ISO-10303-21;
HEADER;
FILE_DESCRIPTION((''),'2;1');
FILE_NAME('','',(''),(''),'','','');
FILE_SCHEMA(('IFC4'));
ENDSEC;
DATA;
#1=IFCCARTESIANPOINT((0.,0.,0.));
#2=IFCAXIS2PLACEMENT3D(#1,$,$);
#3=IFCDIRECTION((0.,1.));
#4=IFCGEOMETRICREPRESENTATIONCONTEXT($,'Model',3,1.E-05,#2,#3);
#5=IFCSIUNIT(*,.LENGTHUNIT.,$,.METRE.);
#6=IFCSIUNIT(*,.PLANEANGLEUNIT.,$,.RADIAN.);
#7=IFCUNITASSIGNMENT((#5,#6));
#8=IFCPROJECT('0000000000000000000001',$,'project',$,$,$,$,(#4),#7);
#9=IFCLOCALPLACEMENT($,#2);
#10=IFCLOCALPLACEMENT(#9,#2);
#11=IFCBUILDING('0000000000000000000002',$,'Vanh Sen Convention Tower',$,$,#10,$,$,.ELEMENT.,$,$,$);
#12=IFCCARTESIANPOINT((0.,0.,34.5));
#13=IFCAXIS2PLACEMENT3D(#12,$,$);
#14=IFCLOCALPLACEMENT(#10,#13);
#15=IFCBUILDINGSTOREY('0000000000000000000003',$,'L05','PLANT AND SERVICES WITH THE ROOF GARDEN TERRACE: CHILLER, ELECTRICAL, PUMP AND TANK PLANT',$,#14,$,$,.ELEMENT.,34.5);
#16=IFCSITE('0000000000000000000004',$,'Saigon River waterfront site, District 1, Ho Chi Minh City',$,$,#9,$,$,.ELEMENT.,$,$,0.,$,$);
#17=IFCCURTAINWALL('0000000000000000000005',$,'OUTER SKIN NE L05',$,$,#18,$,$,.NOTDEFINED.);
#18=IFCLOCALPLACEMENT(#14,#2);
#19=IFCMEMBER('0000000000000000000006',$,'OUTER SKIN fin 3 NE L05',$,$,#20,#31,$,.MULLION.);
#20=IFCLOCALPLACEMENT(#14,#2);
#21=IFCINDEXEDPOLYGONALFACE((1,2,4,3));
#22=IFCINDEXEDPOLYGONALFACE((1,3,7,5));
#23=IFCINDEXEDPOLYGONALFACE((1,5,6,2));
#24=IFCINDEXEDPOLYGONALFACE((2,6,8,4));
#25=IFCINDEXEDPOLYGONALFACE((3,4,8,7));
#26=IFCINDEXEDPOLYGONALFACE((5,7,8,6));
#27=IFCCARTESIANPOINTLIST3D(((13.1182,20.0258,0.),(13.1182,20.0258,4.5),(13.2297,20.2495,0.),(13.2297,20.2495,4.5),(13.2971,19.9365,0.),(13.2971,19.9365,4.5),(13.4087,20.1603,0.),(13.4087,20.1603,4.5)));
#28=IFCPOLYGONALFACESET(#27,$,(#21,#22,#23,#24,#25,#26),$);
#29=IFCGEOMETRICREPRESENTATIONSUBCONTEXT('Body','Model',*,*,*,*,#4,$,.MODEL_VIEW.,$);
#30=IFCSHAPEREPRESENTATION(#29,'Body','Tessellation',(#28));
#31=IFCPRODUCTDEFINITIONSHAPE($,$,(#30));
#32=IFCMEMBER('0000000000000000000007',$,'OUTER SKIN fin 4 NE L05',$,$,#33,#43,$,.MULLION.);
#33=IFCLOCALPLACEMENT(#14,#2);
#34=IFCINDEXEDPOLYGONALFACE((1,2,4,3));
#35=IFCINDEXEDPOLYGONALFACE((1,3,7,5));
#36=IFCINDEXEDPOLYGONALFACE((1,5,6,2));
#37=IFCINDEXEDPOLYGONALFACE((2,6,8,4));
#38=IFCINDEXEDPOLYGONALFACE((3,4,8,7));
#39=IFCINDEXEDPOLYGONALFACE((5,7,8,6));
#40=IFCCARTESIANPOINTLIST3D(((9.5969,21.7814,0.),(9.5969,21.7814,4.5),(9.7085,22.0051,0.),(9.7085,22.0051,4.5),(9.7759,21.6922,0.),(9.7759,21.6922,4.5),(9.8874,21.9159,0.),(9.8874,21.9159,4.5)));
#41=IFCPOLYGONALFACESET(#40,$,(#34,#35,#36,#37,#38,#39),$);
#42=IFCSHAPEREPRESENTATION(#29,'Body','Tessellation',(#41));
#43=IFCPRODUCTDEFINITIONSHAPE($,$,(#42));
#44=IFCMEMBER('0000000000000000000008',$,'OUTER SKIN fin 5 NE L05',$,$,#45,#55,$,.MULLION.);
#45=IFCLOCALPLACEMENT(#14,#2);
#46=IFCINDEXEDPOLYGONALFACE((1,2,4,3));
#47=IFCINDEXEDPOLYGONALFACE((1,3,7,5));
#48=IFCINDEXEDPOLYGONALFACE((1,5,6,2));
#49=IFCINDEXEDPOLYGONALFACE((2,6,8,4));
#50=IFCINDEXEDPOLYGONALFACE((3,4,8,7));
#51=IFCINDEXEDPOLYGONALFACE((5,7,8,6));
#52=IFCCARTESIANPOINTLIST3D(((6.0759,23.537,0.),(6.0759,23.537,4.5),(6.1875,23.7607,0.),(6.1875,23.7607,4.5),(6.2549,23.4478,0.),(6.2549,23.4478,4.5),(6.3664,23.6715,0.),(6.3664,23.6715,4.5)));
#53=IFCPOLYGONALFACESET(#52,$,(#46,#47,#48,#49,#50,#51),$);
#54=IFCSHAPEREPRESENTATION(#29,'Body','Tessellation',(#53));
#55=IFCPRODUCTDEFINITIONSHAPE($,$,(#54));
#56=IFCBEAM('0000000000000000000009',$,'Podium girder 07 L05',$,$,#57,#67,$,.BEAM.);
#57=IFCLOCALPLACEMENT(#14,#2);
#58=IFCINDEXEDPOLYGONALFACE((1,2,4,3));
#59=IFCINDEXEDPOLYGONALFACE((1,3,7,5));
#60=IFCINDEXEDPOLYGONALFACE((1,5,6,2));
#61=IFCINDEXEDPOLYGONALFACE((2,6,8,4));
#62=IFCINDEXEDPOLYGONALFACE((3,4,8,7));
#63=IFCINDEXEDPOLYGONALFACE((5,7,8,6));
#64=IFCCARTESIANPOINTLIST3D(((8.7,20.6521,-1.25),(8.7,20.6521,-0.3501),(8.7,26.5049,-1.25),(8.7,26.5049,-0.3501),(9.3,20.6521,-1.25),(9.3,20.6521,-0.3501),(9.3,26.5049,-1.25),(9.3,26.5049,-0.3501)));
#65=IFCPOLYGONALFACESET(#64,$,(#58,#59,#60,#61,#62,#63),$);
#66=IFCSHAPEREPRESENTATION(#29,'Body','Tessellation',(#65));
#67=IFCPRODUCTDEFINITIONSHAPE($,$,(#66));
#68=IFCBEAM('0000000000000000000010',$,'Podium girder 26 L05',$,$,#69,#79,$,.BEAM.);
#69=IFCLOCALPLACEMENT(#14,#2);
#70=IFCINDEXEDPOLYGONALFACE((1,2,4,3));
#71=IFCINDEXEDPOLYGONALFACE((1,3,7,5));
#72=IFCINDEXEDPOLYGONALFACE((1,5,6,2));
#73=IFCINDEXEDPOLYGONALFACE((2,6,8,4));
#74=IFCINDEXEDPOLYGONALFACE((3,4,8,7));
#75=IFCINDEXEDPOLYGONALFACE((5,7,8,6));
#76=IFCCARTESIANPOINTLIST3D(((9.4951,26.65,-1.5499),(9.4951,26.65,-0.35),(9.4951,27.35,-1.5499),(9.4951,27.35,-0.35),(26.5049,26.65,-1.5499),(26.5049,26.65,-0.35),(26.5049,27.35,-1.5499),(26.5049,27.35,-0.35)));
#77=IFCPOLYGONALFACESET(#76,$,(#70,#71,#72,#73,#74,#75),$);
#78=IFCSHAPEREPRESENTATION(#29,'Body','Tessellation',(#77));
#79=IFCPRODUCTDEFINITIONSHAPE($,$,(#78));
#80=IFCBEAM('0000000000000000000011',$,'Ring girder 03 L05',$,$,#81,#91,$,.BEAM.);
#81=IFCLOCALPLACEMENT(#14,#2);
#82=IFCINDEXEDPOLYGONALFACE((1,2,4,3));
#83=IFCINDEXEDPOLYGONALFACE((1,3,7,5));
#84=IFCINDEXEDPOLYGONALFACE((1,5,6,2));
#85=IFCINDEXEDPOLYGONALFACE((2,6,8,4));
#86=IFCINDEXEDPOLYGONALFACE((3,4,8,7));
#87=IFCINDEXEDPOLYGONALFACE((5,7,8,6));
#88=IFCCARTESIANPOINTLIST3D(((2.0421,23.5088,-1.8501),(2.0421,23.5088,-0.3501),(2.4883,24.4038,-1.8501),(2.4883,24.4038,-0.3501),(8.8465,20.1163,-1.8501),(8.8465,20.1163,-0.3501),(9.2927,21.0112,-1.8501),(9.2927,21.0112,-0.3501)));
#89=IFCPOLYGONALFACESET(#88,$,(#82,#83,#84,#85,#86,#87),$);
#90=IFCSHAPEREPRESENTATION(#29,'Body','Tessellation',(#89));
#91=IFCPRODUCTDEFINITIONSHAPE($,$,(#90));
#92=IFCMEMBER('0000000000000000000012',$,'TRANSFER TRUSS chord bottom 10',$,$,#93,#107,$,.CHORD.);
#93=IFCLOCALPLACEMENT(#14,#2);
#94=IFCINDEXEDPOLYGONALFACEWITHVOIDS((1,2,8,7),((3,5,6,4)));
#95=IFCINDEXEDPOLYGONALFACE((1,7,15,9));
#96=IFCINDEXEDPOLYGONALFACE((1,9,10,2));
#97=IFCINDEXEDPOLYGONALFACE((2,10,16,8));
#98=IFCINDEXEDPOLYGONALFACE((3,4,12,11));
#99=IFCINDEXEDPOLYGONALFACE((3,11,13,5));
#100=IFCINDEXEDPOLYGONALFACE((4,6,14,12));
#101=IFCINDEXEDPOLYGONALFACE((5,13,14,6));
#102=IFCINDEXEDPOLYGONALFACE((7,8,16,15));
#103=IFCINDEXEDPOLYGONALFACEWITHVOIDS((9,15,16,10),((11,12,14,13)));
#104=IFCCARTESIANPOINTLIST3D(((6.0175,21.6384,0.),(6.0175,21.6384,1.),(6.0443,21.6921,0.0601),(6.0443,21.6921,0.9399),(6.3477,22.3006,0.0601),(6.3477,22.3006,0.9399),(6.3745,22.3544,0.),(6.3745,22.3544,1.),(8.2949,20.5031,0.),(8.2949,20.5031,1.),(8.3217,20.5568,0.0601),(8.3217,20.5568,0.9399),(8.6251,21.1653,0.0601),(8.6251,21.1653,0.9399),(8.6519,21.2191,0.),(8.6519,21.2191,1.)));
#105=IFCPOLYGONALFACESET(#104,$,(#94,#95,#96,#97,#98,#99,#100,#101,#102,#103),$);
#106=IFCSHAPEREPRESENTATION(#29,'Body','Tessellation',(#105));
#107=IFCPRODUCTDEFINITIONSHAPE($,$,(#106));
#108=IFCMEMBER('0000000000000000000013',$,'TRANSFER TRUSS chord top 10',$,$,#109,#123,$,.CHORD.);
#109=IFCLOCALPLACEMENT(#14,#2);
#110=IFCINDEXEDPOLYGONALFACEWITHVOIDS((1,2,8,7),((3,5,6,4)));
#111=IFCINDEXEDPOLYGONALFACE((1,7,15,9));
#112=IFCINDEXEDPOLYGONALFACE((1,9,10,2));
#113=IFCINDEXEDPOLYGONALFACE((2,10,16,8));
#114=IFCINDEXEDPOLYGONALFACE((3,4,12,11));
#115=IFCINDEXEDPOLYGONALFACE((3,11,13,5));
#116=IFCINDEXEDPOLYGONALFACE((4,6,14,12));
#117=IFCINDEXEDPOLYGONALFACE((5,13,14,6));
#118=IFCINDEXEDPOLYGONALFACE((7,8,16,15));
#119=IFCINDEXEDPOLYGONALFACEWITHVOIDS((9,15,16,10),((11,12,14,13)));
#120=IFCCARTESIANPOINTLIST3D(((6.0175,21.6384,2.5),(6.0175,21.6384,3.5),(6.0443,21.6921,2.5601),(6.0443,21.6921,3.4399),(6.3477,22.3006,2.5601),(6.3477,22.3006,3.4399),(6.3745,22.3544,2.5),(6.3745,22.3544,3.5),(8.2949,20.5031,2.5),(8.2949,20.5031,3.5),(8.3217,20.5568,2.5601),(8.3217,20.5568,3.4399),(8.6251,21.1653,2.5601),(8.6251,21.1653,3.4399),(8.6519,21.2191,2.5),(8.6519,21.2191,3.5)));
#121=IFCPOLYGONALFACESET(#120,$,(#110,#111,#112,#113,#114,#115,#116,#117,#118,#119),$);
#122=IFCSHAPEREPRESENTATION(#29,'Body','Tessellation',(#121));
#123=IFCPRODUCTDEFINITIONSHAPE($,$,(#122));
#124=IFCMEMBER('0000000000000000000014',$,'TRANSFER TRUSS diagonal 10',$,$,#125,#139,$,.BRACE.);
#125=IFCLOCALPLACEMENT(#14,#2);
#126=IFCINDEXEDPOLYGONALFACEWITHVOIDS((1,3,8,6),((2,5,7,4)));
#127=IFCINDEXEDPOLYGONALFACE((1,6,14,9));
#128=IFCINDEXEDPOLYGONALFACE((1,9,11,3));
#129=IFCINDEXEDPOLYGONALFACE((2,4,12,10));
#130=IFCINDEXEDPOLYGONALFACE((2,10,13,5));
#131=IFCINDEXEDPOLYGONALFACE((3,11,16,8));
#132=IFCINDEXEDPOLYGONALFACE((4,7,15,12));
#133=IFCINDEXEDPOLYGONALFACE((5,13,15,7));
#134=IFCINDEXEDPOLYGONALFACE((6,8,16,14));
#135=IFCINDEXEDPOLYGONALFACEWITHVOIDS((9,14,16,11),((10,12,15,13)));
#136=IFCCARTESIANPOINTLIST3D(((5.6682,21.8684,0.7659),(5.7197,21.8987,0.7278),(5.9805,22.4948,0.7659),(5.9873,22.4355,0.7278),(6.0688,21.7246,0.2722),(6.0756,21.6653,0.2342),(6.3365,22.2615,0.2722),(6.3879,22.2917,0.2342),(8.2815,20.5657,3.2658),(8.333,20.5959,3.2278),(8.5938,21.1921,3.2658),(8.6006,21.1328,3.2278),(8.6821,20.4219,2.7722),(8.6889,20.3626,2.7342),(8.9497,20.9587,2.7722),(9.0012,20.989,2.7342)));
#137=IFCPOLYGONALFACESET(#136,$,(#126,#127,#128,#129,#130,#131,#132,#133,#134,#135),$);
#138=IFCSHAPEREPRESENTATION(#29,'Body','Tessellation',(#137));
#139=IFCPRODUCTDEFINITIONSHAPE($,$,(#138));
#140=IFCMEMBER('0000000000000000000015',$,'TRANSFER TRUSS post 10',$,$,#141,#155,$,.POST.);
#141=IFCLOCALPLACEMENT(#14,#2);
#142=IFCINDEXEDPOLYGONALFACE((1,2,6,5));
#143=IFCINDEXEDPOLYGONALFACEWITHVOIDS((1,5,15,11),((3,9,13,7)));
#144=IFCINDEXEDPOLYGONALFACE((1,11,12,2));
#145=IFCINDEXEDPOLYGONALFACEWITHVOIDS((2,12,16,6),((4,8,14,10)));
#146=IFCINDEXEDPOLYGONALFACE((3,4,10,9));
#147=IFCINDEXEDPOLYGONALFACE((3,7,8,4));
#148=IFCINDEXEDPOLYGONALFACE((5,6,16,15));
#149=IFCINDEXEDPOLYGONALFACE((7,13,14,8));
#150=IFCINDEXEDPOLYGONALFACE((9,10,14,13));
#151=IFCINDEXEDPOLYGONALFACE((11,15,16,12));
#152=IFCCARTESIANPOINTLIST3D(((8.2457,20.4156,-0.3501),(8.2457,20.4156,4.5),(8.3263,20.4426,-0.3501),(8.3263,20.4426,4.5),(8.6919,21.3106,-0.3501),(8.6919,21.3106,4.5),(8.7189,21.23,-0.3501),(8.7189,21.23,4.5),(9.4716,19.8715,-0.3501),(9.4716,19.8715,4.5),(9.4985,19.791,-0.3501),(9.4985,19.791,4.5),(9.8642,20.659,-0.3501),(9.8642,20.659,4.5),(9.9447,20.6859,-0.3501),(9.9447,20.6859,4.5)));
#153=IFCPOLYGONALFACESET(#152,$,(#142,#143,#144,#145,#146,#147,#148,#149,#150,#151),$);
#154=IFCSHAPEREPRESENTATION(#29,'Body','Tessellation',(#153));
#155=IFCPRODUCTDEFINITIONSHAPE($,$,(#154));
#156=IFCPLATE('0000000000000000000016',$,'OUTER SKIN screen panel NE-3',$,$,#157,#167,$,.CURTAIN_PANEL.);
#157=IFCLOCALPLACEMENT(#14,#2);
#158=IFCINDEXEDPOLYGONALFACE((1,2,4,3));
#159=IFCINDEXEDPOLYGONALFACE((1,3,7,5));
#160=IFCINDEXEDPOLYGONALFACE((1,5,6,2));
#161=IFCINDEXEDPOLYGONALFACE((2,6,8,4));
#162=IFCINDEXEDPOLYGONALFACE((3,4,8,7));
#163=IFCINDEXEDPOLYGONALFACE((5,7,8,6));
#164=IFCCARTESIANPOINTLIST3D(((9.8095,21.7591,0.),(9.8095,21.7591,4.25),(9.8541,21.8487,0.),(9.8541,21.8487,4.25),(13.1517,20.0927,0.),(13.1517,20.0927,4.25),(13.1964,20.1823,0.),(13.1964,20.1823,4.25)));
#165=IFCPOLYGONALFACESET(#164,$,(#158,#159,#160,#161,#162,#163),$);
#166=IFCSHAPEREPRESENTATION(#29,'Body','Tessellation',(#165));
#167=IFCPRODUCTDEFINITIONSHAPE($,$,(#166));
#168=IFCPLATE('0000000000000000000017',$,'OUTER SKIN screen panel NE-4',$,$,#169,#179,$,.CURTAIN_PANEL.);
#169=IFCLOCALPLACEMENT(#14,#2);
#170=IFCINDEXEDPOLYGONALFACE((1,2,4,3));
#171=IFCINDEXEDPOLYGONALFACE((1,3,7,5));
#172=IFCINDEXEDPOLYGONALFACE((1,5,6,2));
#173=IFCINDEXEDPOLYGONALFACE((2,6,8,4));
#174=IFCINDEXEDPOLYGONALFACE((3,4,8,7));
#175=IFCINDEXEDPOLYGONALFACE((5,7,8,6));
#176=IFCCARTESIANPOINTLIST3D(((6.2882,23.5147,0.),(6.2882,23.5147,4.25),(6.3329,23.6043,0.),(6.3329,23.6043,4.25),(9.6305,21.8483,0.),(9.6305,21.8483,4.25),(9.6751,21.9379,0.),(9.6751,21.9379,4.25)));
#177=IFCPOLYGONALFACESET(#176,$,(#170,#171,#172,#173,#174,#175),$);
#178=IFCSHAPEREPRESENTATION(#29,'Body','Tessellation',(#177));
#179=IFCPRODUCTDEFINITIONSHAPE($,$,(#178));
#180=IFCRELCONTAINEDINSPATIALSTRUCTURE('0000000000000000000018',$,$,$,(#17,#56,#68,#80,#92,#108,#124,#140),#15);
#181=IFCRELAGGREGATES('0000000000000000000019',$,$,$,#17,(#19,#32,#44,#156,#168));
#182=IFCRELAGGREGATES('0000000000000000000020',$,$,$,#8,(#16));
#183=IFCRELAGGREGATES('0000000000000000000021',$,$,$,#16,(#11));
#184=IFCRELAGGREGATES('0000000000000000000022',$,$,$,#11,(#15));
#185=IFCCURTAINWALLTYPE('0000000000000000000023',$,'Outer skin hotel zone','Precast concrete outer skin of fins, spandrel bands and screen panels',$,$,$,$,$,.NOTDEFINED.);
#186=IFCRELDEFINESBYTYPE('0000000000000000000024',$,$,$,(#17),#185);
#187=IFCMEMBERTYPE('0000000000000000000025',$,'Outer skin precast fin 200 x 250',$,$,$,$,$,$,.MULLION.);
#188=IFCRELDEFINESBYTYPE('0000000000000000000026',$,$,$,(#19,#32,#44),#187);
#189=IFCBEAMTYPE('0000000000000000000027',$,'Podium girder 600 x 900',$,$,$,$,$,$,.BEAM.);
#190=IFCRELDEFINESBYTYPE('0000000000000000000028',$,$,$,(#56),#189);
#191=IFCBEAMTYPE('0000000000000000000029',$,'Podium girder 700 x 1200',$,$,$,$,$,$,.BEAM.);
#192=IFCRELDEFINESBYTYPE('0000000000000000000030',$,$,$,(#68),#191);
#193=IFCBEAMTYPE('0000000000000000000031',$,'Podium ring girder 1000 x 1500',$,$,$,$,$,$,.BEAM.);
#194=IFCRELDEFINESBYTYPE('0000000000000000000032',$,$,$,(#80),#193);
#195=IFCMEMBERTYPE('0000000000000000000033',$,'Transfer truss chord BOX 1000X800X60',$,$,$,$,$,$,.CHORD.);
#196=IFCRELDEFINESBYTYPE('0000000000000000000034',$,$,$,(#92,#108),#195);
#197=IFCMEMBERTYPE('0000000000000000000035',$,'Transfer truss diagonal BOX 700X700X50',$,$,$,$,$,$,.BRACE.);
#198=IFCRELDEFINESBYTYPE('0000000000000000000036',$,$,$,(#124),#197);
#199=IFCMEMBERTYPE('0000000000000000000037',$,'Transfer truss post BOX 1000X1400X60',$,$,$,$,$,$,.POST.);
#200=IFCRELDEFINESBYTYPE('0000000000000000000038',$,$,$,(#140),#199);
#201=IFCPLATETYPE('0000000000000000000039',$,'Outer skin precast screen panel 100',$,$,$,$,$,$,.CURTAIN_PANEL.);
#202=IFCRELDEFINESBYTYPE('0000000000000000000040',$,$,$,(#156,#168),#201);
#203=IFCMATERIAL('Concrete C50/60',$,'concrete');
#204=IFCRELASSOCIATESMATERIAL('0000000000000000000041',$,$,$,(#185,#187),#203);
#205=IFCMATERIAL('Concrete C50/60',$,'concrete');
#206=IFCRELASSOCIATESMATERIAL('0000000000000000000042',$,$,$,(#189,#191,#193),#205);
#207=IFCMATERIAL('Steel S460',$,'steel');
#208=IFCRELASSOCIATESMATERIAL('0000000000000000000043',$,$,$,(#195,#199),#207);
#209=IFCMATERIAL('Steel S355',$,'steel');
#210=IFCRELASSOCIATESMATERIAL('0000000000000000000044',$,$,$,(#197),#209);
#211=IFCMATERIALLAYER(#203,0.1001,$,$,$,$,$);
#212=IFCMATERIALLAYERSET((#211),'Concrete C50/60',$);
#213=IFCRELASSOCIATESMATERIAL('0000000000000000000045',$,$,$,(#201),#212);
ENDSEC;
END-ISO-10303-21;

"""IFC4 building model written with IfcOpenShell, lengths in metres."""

from ifc_helpers import new_model, si_unit, direction, frame, origin, origin_2d, place, context, subcontext, project, spatial, rectangle, hollow_rectangle, extrude, material, layer, layer_set, material_profile, profile_set, type_object, element, aggregate, save


model = new_model("IFC4")

# Units and contexts
model_context = context("Model", 3, precision=1e-05, world=origin(), true_north=direction((0.0, 1.0)))
body_context = subcontext(model_context, "Body", "Model", "MODEL_VIEW")
ifc_project = project(units=[si_unit("LENGTHUNIT", "METRE"), si_unit("PLANEANGLEUNIT", "RADIAN")], contexts=[model_context])

# Site, building, storey
site_placement = place(None, origin())
site = spatial("IfcSite", under=ifc_project, at=site_placement, Name="Saigon River waterfront site, District 1, Ho Chi Minh City", CompositionType="ELEMENT", RefElevation=0.0)
building_placement = place(site_placement, origin())
building = spatial("IfcBuilding", under=site, at=building_placement, Name="Vanh Sen Convention Tower", CompositionType="ELEMENT")
storey_placement = place(building_placement, frame((0.0, 0.0, 34.5)))
storey = spatial("IfcBuildingStorey", under=building, at=storey_placement, Name="L05", Description="PLANT AND SERVICES WITH THE ROOF GARDEN TERRACE: CHILLER, ELECTRICAL, PUMP AND TANK PLANT", CompositionType="ELEMENT", Elevation=34.5)

# Curtain wall, members
ifc_material_1 = material(Name="Concrete C50/60", Category="concrete")
curtain_wall_type = type_object("IfcCurtainWallType", Name="Outer skin hotel zone", Description="Precast concrete outer skin of fins, spandrel bands and screen panels", PredefinedType="NOTDEFINED", material=ifc_material_1)
curtain_wall_placement = place(storey_placement, origin())
curtain_wall = element("IfcCurtainWall", 1, at=curtain_wall_placement, inside=storey, type_object=curtain_wall_type, Name="OUTER SKIN NE L05", PredefinedType="NOTDEFINED")
ifc_material_profile_1 = material_profile(ifc_material_1, rectangle(XDim=0.2, YDim=0.25, at=origin_2d()), Name="Outer skin precast fin 200 x 250")
ifc_profile_set_1 = profile_set([ifc_material_profile_1], Name="Concrete C50/60")
member_type_1 = type_object("IfcMemberType", Name="Outer skin precast fin 200 x 250", PredefinedType="MULLION", material=ifc_profile_set_1)
member_1_placement = place(storey_placement, frame((13.2634, 20.093, 0.0), z_axis=(0.0, 0.0, 1.0), x_axis=(-0.894934, 0.446198, 0.0)))
member_1 = element("IfcMember", 2, at=member_1_placement, type_object=member_type_1, Name="OUTER SKIN fin 3 NE L05", PredefinedType="MULLION", context=body_context, shape_type="SweptSolid", body=[
    extrude(rectangle(XDim=0.2, YDim=0.25, at=origin_2d()), origin(), (0.0, 0.0, 1.0), 4.5),
])
member_2_placement = place(storey_placement, frame((9.7422, 21.8486, 0.0), z_axis=(0.0, 0.0, 1.0), x_axis=(-0.894934, 0.446198, 0.0)))
member_2 = element("IfcMember", 3, at=member_2_placement, type_object=member_type_1, Name="OUTER SKIN fin 4 NE L05", PredefinedType="MULLION", context=body_context, shape_type="SweptSolid", body=[
    extrude(rectangle(XDim=0.2, YDim=0.25, at=origin_2d()), origin(), (0.0, 0.0, 1.0), 4.5),
])
member_3_placement = place(storey_placement, frame((6.2212, 23.6042, 0.0), z_axis=(0.0, 0.0, 1.0), x_axis=(-0.894934, 0.446198, 0.0)))
member_3 = element("IfcMember", 4, at=member_3_placement, type_object=member_type_1, Name="OUTER SKIN fin 5 NE L05", PredefinedType="MULLION", context=body_context, shape_type="SweptSolid", body=[
    extrude(rectangle(XDim=0.2, YDim=0.25, at=origin_2d()), origin(), (0.0, 0.0, 1.0), 4.5),
])

# Beams
ifc_material_2 = material(Name="Concrete C50/60", Category="concrete")
ifc_material_profile_2 = material_profile(ifc_material_2, rectangle(XDim=0.6001, YDim=0.8999, at=origin_2d()), Name="RC 600X900")
ifc_profile_set_2 = profile_set([ifc_material_profile_2], Name="Concrete C50/60")
beam_type_1 = type_object("IfcBeamType", Name="Podium girder 600 x 900", PredefinedType="BEAM", material=ifc_profile_set_2)
beam_1_placement = place(storey_placement, frame((9.0, 20.6521, -0.8), z_axis=(0.0, 1.0, 0.0), x_axis=(-1.0, 0.0, 0.0)))
element("IfcBeam", 5, at=beam_1_placement, inside=storey, type_object=beam_type_1, Name="Podium girder 07 L05", PredefinedType="BEAM", context=body_context, shape_type="SweptSolid", body=[
    extrude(rectangle(XDim=0.6001, YDim=0.8999, at=origin_2d()), origin(), (0.0, 0.0, 1.0), 5.8528),
])
ifc_material_profile_3 = material_profile(ifc_material_2, rectangle(XDim=0.7, YDim=1.2, at=origin_2d()), Name="RC 700X1200")
ifc_profile_set_3 = profile_set([ifc_material_profile_3], Name="Concrete C50/60")
beam_type_2 = type_object("IfcBeamType", Name="Podium girder 700 x 1200", PredefinedType="BEAM", material=ifc_profile_set_3)
beam_2_placement = place(storey_placement, frame((9.4951, 27.0, -0.95), z_axis=(1.0, 0.0, 0.0), x_axis=(0.0, 1.0, 0.0)))
element("IfcBeam", 6, at=beam_2_placement, inside=storey, type_object=beam_type_2, Name="Podium girder 26 L05", PredefinedType="BEAM", context=body_context, shape_type="SweptSolid", body=[
    extrude(rectangle(XDim=0.7, YDim=1.2, at=origin_2d()), origin(), (0.0, 0.0, 1.0), 17.0098),
])
ifc_material_profile_4 = material_profile(ifc_material_2, rectangle(XDim=1.0, YDim=1.5, at=origin_2d()), Name="RC 1000X1500")
ifc_profile_set_4 = profile_set([ifc_material_profile_4], Name="Concrete C50/60")
beam_type_3 = type_object("IfcBeamType", Name="Podium ring girder 1000 x 1500", PredefinedType="BEAM", material=ifc_profile_set_4)
beam_3_placement = place(storey_placement, frame((9.0696, 20.5637, -1.1001), z_axis=(-0.894934, 0.446199, 0.0), x_axis=(-0.446199, -0.894934, 0.0)))
element("IfcBeam", 7, at=beam_3_placement, inside=storey, type_object=beam_type_3, Name="Ring girder 03 L05", PredefinedType="BEAM", context=body_context, shape_type="SweptSolid", body=[
    extrude(rectangle(XDim=1.0, YDim=1.5, at=origin_2d()), origin(), (0.0, 0.0, 1.0), 7.6033),
])

# Members
ifc_material_3 = material(Name="Steel S460", Category="steel")
ifc_material_profile_5 = material_profile(ifc_material_3, hollow_rectangle(XDim=0.8, YDim=1.0, WallThickness=0.0601, at=origin_2d()), Name="BOX 1000X800X60")
ifc_profile_set_5 = profile_set([ifc_material_profile_5], Name="Steel S460")
member_type_2 = type_object("IfcMemberType", Name="Transfer truss chord BOX 1000X800X60", PredefinedType="CHORD", material=ifc_profile_set_5)
for number, where, z_axis, x_axis, name in (
    (8, (8.4734, 20.8611, 0.5), (-0.894964, 0.446139, 0.0), (-0.446139, -0.894964, 0.0), "TRANSFER TRUSS chord bottom 10"),
    (9, (8.4734, 20.8611, 3.0), (-0.894964, 0.446139, 0.0), (-0.446139, -0.894964, 0.0), "TRANSFER TRUSS chord top 10"),
):
    element("IfcMember", number, at=place(storey_placement, frame(where, z_axis=z_axis, x_axis=x_axis)), inside=storey, type_object=member_type_2, Name=name, PredefinedType="CHORD", context=body_context, shape_type="SweptSolid", body=[
        extrude(hollow_rectangle(XDim=0.8, YDim=1.0, WallThickness=0.0601, at=origin_2d()), origin(), (0.0, 0.0, 1.0), 2.5447),
    ])
ifc_material_4 = material(Name="Steel S355", Category="steel")
ifc_material_profile_6 = material_profile(ifc_material_4, hollow_rectangle(XDim=0.7, YDim=0.7, WallThickness=0.05, at=origin_2d()), Name="BOX 700X700X50")
ifc_profile_set_6 = profile_set([ifc_material_profile_6], Name="Steel S355")
member_type_3 = type_object("IfcMemberType", Name="Transfer truss diagonal BOX 700X700X50", PredefinedType="BRACE", material=ifc_profile_set_6)
member_4_placement = place(storey_placement, frame((8.6414, 20.7773, 3.0), z_axis=(-0.679833, 0.3389, -0.650364), x_axis=(-0.446143, -0.894962, 0.0)))
element("IfcMember", 10, at=member_4_placement, inside=storey, type_object=member_type_3, Name="TRANSFER TRUSS diagonal 10", PredefinedType="BRACE", context=body_context, shape_type="SweptSolid", body=[
    extrude(hollow_rectangle(XDim=0.7, YDim=0.7, WallThickness=0.05, at=origin_2d()), origin(), (0.0, 0.0, 1.0), 3.844),
])
ifc_material_profile_7 = material_profile(ifc_material_3, hollow_rectangle(XDim=1.3999, YDim=1.0, WallThickness=0.0601, at=origin_2d()), Name="BOX 1000X1400X60")
ifc_profile_set_7 = profile_set([ifc_material_profile_7], Name="Steel S460")
member_type_4 = type_object("IfcMemberType", Name="Transfer truss post BOX 1000X1400X60", PredefinedType="POST", material=ifc_profile_set_7)
member_5_placement = place(storey_placement, frame((9.0952, 20.5508, -0.3501), z_axis=(0.0, 0.0, 1.0), x_axis=(-0.894934, 0.446198, 0.0)))
element("IfcMember", 11, at=member_5_placement, inside=storey, type_object=member_type_4, Name="TRANSFER TRUSS post 10", PredefinedType="POST", context=body_context, shape_type="SweptSolid", body=[
    extrude(hollow_rectangle(XDim=1.3999, YDim=1.0, WallThickness=0.0601, at=origin_2d()), origin(), (0.0, 0.0, 1.0), 4.8501),
])

# Plates
ifc_layer_1 = layer(ifc_material_1, 0.1001)
ifc_layer_set_1 = layer_set([ifc_layer_1], Name="Concrete C50/60")
plate_type = type_object("IfcPlateType", Name="Outer skin precast screen panel 100", PredefinedType="CURTAIN_PANEL", material=ifc_layer_set_1)
plate_1_placement = place(storey_placement, frame((11.5029, 20.9707, 0.0), z_axis=(0.0, 0.0, 1.0), x_axis=(-0.894935, 0.446196, 0.0)))
plate_1 = element("IfcPlate", 12, at=plate_1_placement, type_object=plate_type, Name="OUTER SKIN screen panel NE-3", PredefinedType="CURTAIN_PANEL", context=body_context, shape_type="SweptSolid", body=[
    extrude(rectangle(XDim=3.7346, YDim=0.1001, at=origin_2d()), origin(), (0.0, 0.0, 1.0), 4.25),
])
plate_2_placement = place(storey_placement, frame((7.9817, 22.7263, 0.0), z_axis=(0.0, 0.0, 1.0), x_axis=(-0.894935, 0.446196, 0.0)))
plate_2 = element("IfcPlate", 13, at=plate_2_placement, type_object=plate_type, Name="OUTER SKIN screen panel NE-4", PredefinedType="CURTAIN_PANEL", context=body_context, shape_type="SweptSolid", body=[
    extrude(rectangle(XDim=3.7346, YDim=0.1001, at=origin_2d()), origin(), (0.0, 0.0, 1.0), 4.25),
])
aggregate(curtain_wall, [member_1, member_2, member_3, plate_1, plate_2])

save(model, "model.ifc")
